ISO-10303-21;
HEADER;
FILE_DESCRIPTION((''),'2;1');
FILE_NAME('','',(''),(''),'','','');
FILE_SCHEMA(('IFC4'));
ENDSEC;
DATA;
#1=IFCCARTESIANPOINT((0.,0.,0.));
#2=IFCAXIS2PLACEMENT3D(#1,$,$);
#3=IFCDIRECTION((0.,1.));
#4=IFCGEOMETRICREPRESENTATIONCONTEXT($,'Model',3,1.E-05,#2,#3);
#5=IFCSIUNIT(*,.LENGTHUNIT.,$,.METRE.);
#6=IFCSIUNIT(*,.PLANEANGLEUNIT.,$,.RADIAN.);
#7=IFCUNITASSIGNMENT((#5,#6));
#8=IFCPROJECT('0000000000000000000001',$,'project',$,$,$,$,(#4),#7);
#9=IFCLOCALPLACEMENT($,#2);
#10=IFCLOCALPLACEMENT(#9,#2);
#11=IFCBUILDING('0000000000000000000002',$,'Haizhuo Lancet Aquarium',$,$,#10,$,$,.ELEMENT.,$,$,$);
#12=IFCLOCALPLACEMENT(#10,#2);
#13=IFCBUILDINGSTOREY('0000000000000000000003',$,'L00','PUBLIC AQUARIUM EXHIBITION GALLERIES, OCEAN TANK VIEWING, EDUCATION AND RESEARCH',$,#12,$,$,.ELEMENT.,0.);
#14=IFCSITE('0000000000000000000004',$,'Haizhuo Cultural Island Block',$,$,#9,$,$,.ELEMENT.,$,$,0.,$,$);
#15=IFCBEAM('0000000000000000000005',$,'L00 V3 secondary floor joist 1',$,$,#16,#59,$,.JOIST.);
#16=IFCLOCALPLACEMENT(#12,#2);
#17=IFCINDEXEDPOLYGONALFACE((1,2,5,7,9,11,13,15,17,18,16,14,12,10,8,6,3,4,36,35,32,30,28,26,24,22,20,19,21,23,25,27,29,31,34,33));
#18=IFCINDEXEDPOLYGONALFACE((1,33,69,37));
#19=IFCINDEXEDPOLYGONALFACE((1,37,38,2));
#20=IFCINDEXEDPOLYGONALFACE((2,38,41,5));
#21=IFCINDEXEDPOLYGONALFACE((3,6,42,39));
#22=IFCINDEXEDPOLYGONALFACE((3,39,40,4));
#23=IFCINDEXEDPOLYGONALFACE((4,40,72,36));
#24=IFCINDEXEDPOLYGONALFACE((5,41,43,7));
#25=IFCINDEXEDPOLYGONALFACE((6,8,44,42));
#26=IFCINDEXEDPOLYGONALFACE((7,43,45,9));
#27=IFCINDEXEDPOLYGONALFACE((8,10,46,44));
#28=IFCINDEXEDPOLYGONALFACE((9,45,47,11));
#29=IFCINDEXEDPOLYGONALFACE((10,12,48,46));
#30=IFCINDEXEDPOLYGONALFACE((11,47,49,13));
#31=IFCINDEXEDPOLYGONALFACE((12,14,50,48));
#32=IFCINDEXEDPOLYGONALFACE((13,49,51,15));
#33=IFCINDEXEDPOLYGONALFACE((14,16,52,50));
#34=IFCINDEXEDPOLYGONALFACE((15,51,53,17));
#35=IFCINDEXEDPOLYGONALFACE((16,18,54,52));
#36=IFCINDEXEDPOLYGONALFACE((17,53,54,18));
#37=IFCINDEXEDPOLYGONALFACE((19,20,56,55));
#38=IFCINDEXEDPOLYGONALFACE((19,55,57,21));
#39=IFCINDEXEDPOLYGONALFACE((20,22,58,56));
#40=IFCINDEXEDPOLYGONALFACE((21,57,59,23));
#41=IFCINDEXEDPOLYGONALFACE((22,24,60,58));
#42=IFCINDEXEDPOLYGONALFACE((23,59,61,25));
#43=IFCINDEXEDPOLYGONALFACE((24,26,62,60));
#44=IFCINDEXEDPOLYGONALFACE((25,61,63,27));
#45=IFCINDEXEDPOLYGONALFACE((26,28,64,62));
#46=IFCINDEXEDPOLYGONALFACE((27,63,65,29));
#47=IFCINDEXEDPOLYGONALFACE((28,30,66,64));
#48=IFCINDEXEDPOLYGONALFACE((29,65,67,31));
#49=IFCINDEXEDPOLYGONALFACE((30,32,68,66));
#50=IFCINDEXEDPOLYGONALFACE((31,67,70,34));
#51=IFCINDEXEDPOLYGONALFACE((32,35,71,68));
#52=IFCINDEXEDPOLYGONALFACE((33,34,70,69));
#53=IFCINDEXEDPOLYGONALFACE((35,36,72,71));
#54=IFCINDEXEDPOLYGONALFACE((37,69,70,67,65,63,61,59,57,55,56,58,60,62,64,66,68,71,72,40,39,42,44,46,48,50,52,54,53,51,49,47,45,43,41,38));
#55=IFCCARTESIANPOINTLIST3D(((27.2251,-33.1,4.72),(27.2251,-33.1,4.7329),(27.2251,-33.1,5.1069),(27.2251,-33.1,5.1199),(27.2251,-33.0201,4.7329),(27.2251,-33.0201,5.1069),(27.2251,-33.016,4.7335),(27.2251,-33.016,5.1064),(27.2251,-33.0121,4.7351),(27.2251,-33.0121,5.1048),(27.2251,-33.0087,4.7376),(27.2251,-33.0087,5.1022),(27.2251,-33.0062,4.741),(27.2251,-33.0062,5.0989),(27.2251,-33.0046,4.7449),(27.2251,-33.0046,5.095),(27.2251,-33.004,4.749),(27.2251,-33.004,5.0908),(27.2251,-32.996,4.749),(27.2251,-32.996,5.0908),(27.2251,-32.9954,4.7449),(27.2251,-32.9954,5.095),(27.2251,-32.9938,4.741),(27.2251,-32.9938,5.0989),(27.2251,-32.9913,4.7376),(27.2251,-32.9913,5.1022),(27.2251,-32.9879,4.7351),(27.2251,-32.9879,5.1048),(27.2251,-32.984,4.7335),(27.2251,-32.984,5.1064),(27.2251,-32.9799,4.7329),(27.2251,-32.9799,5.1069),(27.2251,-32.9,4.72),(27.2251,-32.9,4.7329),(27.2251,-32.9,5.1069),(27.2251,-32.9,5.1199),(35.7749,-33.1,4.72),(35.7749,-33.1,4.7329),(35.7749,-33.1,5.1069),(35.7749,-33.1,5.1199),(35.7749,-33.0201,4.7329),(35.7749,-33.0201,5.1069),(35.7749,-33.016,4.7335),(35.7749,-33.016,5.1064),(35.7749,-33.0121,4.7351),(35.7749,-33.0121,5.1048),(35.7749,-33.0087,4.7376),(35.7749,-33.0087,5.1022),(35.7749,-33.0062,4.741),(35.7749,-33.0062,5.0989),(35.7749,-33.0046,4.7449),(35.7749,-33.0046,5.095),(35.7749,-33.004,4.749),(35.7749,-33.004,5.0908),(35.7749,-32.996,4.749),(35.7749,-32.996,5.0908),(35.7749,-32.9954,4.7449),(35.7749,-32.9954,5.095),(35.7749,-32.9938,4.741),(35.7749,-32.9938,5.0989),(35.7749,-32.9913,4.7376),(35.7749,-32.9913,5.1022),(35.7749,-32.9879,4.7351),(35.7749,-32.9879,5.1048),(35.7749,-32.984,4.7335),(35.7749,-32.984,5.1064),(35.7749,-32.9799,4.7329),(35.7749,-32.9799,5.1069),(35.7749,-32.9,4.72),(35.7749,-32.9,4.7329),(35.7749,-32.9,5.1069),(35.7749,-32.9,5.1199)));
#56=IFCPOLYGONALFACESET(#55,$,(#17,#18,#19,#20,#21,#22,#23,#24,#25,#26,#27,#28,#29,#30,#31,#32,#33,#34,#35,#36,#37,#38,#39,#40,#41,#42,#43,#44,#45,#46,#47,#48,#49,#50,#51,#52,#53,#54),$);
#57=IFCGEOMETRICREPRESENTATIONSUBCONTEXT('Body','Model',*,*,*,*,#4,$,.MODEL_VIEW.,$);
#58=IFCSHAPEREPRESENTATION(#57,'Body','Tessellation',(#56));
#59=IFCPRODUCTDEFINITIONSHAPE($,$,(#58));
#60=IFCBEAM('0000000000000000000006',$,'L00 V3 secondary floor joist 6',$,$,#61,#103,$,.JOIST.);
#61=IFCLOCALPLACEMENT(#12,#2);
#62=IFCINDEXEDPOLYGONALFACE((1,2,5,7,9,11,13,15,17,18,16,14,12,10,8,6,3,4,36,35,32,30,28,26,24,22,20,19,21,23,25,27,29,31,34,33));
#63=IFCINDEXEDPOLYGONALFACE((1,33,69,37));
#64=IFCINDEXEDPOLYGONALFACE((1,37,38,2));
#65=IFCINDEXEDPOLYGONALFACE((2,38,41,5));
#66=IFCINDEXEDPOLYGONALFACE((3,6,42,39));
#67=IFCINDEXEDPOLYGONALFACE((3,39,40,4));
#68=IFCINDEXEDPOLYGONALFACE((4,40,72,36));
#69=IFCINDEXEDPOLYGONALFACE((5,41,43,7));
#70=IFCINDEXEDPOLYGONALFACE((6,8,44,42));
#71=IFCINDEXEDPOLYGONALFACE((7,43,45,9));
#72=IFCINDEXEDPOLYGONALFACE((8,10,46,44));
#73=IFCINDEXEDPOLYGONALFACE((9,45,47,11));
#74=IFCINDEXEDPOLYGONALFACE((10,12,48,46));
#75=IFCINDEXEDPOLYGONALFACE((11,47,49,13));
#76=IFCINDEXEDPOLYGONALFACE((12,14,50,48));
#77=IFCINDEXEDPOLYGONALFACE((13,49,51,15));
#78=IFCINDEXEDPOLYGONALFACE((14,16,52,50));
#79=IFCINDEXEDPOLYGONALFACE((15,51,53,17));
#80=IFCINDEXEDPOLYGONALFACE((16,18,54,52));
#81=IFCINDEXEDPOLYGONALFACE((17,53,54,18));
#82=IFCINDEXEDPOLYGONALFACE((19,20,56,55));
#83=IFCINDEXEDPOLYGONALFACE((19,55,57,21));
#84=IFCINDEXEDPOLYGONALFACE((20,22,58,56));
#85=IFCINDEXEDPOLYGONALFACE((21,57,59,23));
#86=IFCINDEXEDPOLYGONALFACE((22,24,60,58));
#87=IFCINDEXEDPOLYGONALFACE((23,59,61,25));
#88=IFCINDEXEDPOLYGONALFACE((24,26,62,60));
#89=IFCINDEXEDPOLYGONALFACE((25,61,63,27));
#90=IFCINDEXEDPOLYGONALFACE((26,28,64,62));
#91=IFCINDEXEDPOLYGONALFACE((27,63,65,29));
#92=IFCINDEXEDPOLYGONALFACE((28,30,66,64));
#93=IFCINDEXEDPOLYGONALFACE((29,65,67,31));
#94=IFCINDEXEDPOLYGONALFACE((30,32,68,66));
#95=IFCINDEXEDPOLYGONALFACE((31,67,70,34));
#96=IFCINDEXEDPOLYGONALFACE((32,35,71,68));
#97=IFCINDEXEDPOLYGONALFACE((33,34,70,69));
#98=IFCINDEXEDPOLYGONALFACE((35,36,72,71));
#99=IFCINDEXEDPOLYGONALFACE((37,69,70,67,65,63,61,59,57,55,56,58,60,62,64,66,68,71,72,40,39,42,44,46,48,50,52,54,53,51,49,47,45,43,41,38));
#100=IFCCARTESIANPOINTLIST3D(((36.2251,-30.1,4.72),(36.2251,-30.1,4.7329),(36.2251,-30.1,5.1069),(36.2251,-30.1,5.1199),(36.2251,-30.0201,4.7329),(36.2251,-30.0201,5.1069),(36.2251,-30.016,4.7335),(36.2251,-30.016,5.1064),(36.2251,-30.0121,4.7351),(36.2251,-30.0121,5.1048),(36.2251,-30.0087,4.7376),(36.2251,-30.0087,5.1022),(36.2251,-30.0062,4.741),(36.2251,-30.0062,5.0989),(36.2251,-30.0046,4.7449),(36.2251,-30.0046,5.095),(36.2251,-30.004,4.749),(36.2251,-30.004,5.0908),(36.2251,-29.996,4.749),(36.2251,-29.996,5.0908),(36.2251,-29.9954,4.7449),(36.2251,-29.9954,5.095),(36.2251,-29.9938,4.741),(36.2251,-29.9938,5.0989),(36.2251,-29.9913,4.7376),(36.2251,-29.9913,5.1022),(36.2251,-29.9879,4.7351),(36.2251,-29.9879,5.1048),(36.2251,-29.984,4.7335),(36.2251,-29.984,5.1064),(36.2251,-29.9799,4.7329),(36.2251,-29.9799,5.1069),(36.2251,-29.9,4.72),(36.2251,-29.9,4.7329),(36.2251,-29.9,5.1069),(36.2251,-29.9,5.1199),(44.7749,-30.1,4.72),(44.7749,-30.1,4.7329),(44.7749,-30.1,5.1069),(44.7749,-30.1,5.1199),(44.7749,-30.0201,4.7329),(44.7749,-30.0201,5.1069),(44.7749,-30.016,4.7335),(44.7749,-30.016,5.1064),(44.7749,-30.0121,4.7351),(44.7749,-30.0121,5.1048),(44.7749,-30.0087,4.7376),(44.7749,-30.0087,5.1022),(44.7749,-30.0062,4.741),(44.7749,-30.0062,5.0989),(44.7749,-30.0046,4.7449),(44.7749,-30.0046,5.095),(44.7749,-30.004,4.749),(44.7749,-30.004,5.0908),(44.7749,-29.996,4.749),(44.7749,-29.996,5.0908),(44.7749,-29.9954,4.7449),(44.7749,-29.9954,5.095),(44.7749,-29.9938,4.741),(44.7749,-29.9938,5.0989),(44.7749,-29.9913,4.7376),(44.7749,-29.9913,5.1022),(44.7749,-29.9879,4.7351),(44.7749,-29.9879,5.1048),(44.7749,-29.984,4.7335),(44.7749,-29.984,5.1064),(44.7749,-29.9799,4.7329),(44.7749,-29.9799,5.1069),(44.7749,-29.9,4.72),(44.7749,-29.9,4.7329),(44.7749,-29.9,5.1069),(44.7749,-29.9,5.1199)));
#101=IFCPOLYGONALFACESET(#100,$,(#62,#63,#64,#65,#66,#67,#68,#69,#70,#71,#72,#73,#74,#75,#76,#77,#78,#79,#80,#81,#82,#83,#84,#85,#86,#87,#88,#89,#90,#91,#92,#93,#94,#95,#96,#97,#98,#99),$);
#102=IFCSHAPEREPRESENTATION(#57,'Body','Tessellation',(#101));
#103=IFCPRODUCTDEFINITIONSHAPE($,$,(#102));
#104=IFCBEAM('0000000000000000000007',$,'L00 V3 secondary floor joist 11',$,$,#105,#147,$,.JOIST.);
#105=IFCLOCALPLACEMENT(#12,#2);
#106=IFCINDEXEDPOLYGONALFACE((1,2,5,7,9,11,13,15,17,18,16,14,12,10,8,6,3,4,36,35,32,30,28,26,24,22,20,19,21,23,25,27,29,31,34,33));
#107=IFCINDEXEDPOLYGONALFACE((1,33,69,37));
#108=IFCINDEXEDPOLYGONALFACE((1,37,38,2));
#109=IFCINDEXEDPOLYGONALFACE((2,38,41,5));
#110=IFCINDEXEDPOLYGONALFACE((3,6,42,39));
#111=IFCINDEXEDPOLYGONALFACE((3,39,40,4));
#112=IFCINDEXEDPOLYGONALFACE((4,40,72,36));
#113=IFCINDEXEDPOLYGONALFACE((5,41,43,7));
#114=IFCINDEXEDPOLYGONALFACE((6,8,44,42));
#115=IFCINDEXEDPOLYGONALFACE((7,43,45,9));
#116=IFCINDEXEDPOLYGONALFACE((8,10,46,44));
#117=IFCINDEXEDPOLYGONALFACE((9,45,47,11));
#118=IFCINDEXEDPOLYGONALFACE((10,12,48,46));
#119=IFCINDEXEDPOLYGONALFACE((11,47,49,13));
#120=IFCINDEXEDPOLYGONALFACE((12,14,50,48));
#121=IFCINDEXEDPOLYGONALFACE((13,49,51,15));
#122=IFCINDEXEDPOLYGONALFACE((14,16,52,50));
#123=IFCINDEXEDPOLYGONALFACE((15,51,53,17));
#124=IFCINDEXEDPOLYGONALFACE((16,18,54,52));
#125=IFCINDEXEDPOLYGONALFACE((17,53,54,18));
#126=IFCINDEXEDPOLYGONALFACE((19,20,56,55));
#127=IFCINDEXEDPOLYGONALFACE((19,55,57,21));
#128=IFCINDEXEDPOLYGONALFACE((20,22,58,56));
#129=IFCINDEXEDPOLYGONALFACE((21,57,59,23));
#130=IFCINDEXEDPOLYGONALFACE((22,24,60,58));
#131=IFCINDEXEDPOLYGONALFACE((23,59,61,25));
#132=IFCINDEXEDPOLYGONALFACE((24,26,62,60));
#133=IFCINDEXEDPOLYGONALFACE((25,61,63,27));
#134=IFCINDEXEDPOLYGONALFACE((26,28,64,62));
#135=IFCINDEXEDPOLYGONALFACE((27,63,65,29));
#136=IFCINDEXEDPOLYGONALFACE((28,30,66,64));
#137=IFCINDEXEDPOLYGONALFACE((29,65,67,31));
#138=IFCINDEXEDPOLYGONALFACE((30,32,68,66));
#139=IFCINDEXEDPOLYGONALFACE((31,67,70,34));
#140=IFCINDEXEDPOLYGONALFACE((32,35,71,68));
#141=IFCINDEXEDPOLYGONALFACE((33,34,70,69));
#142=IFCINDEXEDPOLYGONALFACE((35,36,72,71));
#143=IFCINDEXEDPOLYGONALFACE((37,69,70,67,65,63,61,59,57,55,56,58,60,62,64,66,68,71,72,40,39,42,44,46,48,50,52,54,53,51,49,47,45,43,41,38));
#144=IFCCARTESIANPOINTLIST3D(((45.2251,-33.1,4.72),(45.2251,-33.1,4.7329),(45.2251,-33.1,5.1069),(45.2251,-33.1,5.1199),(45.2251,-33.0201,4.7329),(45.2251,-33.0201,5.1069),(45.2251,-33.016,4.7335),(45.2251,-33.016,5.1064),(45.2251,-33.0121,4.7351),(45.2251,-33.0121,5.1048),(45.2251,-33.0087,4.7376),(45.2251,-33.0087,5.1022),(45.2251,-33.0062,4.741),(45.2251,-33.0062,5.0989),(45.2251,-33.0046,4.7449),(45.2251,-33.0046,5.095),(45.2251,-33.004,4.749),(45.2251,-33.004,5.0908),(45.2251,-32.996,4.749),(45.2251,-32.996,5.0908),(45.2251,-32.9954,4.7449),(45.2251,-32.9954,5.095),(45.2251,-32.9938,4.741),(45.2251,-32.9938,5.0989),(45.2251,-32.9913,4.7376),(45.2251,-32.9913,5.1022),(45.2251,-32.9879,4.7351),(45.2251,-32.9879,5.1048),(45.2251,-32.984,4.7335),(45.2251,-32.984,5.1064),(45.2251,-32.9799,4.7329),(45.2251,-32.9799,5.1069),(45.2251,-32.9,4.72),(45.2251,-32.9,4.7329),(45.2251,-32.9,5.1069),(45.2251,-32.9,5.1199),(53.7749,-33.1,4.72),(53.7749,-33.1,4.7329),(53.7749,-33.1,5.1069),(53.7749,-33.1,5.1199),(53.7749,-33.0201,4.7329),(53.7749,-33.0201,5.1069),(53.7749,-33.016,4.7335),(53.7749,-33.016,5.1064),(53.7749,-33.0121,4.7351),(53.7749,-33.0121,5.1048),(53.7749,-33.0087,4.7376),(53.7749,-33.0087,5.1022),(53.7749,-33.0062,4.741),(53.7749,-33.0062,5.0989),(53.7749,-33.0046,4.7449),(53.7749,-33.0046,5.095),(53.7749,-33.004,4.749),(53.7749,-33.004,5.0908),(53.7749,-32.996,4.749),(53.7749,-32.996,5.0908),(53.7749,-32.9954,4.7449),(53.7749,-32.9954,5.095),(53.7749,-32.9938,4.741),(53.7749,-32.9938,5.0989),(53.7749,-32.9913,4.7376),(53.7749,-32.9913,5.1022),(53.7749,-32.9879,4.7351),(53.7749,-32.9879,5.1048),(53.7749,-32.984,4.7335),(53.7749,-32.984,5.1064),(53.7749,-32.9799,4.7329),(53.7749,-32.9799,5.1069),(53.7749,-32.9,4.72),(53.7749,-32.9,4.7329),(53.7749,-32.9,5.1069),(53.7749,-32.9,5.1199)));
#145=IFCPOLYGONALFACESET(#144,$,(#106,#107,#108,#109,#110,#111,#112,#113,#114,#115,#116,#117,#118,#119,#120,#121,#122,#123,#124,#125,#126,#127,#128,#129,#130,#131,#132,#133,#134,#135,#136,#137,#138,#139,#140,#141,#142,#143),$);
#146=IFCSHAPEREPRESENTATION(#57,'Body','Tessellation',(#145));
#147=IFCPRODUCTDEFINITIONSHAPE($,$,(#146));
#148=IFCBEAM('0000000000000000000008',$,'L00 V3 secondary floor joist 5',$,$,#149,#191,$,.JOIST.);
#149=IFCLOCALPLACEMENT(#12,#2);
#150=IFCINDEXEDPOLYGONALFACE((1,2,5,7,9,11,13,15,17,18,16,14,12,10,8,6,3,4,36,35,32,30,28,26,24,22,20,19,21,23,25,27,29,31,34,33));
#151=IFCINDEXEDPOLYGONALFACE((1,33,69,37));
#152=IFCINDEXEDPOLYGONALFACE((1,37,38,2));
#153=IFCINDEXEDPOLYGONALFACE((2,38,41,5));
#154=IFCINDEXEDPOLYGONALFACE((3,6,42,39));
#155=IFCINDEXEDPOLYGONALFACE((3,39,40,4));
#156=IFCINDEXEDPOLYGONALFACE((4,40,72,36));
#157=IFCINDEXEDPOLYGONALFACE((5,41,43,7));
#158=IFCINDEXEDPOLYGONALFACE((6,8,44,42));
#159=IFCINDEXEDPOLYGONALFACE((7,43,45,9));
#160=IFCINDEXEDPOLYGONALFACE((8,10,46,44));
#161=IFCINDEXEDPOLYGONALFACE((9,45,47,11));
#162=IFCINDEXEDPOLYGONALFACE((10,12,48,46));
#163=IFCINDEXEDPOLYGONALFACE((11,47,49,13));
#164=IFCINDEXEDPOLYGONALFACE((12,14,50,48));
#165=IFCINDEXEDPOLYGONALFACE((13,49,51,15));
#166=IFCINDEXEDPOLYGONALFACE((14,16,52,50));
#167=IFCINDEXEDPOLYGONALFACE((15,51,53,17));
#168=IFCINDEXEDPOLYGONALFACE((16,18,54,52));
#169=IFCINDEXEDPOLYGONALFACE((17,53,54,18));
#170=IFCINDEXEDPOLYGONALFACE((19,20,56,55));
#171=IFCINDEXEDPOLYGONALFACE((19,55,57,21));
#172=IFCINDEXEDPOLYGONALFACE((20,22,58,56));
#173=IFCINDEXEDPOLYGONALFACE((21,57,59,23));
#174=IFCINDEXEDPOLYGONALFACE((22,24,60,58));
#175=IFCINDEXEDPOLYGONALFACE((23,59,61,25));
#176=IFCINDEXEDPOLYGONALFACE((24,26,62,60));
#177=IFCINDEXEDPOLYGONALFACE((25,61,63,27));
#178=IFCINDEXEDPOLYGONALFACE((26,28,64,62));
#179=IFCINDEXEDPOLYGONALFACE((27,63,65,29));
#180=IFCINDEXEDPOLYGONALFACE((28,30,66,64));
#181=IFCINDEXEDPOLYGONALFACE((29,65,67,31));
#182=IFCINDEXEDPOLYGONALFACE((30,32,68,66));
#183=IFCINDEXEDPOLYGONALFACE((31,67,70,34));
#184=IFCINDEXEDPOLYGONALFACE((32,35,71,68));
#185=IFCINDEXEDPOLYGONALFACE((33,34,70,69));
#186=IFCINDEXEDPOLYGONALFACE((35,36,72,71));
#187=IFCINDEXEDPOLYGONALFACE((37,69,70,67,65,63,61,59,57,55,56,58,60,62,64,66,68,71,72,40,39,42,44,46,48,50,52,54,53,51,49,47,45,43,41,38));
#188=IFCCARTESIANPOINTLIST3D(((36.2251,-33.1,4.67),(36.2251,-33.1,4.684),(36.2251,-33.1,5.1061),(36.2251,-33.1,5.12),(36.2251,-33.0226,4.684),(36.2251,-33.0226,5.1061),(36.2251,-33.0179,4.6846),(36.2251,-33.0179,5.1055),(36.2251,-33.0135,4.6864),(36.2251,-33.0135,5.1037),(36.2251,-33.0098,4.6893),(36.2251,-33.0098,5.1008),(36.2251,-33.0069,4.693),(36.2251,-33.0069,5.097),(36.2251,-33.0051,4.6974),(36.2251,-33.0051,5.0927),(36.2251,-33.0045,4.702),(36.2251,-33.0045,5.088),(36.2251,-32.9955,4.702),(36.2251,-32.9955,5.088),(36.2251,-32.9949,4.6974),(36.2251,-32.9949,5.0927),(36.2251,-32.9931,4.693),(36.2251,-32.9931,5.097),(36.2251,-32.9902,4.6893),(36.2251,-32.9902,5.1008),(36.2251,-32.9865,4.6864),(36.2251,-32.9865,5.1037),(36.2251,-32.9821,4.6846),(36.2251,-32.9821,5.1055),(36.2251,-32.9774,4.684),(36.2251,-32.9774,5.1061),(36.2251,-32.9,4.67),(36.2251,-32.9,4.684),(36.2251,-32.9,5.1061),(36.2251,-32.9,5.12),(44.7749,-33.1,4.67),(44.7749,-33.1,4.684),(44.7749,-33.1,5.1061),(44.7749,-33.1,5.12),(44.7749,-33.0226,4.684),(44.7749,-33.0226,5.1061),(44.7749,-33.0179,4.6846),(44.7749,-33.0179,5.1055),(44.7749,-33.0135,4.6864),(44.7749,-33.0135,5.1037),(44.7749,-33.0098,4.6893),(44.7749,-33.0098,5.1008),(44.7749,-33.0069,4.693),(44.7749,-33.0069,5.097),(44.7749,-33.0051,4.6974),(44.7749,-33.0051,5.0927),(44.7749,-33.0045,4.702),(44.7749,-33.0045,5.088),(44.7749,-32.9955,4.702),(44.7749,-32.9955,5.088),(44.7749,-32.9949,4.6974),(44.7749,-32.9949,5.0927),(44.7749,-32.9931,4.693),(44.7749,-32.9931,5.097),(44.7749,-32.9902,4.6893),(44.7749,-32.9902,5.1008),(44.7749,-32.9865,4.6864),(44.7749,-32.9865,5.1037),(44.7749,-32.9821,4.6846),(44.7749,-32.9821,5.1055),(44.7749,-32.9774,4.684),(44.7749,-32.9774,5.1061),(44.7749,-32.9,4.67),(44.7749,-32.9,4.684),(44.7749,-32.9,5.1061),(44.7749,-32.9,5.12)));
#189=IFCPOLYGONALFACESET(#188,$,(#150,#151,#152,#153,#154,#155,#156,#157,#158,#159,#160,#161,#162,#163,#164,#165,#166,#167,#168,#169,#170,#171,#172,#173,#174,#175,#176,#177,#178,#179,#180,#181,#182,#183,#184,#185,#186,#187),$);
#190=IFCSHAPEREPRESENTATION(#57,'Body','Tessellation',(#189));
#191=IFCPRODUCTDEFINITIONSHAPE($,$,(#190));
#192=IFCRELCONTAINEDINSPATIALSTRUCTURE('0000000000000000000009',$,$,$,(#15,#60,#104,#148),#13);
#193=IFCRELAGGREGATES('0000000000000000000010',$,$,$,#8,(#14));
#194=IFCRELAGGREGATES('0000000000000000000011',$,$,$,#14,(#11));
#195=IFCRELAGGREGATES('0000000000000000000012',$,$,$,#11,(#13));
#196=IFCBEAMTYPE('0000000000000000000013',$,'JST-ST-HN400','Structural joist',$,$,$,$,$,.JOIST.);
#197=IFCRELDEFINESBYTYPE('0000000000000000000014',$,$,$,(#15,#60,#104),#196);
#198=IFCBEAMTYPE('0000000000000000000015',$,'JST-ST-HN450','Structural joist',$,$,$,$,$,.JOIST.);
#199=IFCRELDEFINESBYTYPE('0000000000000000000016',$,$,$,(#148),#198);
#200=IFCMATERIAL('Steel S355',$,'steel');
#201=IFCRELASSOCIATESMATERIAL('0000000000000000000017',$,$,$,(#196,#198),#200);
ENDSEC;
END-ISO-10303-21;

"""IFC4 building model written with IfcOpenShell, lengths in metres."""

from ifc_helpers import new_model, si_unit, direction, frame, origin, origin_2d, place, context, subcontext, project, spatial, i_section, extrude, material, material_profile, profile_set, type_object, element, save


model = new_model("IFC4")

# Units and contexts
model_context = context("Model", 3, precision=1e-05, world=origin(), true_north=direction((0.0, 1.0)))
body_context = subcontext(model_context, "Body", "Model", "MODEL_VIEW")
ifc_project = project(units=[si_unit("LENGTHUNIT", "METRE"), si_unit("PLANEANGLEUNIT", "RADIAN")], contexts=[model_context])

# Site, building, storey
site_placement = place(None, origin())
site = spatial("IfcSite", under=ifc_project, at=site_placement, Name="Haizhuo Cultural Island Block", CompositionType="ELEMENT", RefElevation=0.0)
building_placement = place(site_placement, origin())
building = spatial("IfcBuilding", under=site, at=building_placement, Name="Haizhuo Lancet Aquarium", CompositionType="ELEMENT")
storey_placement = place(building_placement, origin())
storey = spatial("IfcBuildingStorey", under=building, at=storey_placement, Name="L00", Description="PUBLIC AQUARIUM EXHIBITION GALLERIES, OCEAN TANK VIEWING, EDUCATION AND RESEARCH", CompositionType="ELEMENT", Elevation=0.0)

# Beams
ifc_material_1 = material(Name="Steel S355", Category="steel")
ifc_material_profile_1 = material_profile(ifc_material_1, i_section(OverallWidth=0.2, OverallDepth=0.3999, WebThickness=0.0081, FlangeThickness=0.0129, FilletRadius=0.0161, at=origin_2d()), Name="HN 400x200x8x13")
ifc_profile_set_1 = profile_set([ifc_material_profile_1], Name="Steel S355")
beam_type_1 = type_object("IfcBeamType", Name="JST-ST-HN400", Description="Structural joist", PredefinedType="JOIST", material=ifc_profile_set_1)
for number, where, z_axis, x_axis, name in (
    (1, (27.2251, -33.0, 4.9199), (1.0, 0.0, 0.0), (0.0, 1.0, 0.0), "L00 V3 secondary floor joist 1"),
    (2, (36.2251, -30.0, 4.9199), (1.0, 0.0, 0.0), (0.0, 1.0, 0.0), "L00 V3 secondary floor joist 6"),
    (3, (45.2251, -33.0, 4.9199), (1.0, 0.0, 0.0), (0.0, 1.0, 0.0), "L00 V3 secondary floor joist 11"),
):
    element("IfcBeam", number, at=place(storey_placement, frame(where, z_axis=z_axis, x_axis=x_axis)), inside=storey, type_object=beam_type_1, Name=name, PredefinedType="JOIST", context=body_context, shape_type="SweptSolid", body=[
        extrude(i_section(OverallWidth=0.2, OverallDepth=0.3999, WebThickness=0.0081, FlangeThickness=0.0129, FilletRadius=0.0161, at=origin_2d()), origin(), (0.0, 0.0, 1.0), 8.5498),
    ])
ifc_material_profile_2 = material_profile(ifc_material_1, i_section(OverallWidth=0.2, OverallDepth=0.45, WebThickness=0.009, FlangeThickness=0.0139, FilletRadius=0.0181, at=origin_2d()), Name="HN 450x200x9x14")
ifc_profile_set_2 = profile_set([ifc_material_profile_2], Name="Steel S355")
beam_type_2 = type_object("IfcBeamType", Name="JST-ST-HN450", Description="Structural joist", PredefinedType="JOIST", material=ifc_profile_set_2)
beam_1_placement = place(storey_placement, frame((36.2251, -33.0, 4.895), z_axis=(1.0, 0.0, 0.0), x_axis=(0.0, 1.0, 0.0)))
element("IfcBeam", 4, at=beam_1_placement, inside=storey, type_object=beam_type_2, Name="L00 V3 secondary floor joist 5", PredefinedType="JOIST", context=body_context, shape_type="SweptSolid", body=[
    extrude(i_section(OverallWidth=0.2, OverallDepth=0.45, WebThickness=0.009, FlangeThickness=0.0139, FilletRadius=0.0181, at=origin_2d()), origin(), (0.0, 0.0, 1.0), 8.5498),
])

save(model, "model.ifc")
